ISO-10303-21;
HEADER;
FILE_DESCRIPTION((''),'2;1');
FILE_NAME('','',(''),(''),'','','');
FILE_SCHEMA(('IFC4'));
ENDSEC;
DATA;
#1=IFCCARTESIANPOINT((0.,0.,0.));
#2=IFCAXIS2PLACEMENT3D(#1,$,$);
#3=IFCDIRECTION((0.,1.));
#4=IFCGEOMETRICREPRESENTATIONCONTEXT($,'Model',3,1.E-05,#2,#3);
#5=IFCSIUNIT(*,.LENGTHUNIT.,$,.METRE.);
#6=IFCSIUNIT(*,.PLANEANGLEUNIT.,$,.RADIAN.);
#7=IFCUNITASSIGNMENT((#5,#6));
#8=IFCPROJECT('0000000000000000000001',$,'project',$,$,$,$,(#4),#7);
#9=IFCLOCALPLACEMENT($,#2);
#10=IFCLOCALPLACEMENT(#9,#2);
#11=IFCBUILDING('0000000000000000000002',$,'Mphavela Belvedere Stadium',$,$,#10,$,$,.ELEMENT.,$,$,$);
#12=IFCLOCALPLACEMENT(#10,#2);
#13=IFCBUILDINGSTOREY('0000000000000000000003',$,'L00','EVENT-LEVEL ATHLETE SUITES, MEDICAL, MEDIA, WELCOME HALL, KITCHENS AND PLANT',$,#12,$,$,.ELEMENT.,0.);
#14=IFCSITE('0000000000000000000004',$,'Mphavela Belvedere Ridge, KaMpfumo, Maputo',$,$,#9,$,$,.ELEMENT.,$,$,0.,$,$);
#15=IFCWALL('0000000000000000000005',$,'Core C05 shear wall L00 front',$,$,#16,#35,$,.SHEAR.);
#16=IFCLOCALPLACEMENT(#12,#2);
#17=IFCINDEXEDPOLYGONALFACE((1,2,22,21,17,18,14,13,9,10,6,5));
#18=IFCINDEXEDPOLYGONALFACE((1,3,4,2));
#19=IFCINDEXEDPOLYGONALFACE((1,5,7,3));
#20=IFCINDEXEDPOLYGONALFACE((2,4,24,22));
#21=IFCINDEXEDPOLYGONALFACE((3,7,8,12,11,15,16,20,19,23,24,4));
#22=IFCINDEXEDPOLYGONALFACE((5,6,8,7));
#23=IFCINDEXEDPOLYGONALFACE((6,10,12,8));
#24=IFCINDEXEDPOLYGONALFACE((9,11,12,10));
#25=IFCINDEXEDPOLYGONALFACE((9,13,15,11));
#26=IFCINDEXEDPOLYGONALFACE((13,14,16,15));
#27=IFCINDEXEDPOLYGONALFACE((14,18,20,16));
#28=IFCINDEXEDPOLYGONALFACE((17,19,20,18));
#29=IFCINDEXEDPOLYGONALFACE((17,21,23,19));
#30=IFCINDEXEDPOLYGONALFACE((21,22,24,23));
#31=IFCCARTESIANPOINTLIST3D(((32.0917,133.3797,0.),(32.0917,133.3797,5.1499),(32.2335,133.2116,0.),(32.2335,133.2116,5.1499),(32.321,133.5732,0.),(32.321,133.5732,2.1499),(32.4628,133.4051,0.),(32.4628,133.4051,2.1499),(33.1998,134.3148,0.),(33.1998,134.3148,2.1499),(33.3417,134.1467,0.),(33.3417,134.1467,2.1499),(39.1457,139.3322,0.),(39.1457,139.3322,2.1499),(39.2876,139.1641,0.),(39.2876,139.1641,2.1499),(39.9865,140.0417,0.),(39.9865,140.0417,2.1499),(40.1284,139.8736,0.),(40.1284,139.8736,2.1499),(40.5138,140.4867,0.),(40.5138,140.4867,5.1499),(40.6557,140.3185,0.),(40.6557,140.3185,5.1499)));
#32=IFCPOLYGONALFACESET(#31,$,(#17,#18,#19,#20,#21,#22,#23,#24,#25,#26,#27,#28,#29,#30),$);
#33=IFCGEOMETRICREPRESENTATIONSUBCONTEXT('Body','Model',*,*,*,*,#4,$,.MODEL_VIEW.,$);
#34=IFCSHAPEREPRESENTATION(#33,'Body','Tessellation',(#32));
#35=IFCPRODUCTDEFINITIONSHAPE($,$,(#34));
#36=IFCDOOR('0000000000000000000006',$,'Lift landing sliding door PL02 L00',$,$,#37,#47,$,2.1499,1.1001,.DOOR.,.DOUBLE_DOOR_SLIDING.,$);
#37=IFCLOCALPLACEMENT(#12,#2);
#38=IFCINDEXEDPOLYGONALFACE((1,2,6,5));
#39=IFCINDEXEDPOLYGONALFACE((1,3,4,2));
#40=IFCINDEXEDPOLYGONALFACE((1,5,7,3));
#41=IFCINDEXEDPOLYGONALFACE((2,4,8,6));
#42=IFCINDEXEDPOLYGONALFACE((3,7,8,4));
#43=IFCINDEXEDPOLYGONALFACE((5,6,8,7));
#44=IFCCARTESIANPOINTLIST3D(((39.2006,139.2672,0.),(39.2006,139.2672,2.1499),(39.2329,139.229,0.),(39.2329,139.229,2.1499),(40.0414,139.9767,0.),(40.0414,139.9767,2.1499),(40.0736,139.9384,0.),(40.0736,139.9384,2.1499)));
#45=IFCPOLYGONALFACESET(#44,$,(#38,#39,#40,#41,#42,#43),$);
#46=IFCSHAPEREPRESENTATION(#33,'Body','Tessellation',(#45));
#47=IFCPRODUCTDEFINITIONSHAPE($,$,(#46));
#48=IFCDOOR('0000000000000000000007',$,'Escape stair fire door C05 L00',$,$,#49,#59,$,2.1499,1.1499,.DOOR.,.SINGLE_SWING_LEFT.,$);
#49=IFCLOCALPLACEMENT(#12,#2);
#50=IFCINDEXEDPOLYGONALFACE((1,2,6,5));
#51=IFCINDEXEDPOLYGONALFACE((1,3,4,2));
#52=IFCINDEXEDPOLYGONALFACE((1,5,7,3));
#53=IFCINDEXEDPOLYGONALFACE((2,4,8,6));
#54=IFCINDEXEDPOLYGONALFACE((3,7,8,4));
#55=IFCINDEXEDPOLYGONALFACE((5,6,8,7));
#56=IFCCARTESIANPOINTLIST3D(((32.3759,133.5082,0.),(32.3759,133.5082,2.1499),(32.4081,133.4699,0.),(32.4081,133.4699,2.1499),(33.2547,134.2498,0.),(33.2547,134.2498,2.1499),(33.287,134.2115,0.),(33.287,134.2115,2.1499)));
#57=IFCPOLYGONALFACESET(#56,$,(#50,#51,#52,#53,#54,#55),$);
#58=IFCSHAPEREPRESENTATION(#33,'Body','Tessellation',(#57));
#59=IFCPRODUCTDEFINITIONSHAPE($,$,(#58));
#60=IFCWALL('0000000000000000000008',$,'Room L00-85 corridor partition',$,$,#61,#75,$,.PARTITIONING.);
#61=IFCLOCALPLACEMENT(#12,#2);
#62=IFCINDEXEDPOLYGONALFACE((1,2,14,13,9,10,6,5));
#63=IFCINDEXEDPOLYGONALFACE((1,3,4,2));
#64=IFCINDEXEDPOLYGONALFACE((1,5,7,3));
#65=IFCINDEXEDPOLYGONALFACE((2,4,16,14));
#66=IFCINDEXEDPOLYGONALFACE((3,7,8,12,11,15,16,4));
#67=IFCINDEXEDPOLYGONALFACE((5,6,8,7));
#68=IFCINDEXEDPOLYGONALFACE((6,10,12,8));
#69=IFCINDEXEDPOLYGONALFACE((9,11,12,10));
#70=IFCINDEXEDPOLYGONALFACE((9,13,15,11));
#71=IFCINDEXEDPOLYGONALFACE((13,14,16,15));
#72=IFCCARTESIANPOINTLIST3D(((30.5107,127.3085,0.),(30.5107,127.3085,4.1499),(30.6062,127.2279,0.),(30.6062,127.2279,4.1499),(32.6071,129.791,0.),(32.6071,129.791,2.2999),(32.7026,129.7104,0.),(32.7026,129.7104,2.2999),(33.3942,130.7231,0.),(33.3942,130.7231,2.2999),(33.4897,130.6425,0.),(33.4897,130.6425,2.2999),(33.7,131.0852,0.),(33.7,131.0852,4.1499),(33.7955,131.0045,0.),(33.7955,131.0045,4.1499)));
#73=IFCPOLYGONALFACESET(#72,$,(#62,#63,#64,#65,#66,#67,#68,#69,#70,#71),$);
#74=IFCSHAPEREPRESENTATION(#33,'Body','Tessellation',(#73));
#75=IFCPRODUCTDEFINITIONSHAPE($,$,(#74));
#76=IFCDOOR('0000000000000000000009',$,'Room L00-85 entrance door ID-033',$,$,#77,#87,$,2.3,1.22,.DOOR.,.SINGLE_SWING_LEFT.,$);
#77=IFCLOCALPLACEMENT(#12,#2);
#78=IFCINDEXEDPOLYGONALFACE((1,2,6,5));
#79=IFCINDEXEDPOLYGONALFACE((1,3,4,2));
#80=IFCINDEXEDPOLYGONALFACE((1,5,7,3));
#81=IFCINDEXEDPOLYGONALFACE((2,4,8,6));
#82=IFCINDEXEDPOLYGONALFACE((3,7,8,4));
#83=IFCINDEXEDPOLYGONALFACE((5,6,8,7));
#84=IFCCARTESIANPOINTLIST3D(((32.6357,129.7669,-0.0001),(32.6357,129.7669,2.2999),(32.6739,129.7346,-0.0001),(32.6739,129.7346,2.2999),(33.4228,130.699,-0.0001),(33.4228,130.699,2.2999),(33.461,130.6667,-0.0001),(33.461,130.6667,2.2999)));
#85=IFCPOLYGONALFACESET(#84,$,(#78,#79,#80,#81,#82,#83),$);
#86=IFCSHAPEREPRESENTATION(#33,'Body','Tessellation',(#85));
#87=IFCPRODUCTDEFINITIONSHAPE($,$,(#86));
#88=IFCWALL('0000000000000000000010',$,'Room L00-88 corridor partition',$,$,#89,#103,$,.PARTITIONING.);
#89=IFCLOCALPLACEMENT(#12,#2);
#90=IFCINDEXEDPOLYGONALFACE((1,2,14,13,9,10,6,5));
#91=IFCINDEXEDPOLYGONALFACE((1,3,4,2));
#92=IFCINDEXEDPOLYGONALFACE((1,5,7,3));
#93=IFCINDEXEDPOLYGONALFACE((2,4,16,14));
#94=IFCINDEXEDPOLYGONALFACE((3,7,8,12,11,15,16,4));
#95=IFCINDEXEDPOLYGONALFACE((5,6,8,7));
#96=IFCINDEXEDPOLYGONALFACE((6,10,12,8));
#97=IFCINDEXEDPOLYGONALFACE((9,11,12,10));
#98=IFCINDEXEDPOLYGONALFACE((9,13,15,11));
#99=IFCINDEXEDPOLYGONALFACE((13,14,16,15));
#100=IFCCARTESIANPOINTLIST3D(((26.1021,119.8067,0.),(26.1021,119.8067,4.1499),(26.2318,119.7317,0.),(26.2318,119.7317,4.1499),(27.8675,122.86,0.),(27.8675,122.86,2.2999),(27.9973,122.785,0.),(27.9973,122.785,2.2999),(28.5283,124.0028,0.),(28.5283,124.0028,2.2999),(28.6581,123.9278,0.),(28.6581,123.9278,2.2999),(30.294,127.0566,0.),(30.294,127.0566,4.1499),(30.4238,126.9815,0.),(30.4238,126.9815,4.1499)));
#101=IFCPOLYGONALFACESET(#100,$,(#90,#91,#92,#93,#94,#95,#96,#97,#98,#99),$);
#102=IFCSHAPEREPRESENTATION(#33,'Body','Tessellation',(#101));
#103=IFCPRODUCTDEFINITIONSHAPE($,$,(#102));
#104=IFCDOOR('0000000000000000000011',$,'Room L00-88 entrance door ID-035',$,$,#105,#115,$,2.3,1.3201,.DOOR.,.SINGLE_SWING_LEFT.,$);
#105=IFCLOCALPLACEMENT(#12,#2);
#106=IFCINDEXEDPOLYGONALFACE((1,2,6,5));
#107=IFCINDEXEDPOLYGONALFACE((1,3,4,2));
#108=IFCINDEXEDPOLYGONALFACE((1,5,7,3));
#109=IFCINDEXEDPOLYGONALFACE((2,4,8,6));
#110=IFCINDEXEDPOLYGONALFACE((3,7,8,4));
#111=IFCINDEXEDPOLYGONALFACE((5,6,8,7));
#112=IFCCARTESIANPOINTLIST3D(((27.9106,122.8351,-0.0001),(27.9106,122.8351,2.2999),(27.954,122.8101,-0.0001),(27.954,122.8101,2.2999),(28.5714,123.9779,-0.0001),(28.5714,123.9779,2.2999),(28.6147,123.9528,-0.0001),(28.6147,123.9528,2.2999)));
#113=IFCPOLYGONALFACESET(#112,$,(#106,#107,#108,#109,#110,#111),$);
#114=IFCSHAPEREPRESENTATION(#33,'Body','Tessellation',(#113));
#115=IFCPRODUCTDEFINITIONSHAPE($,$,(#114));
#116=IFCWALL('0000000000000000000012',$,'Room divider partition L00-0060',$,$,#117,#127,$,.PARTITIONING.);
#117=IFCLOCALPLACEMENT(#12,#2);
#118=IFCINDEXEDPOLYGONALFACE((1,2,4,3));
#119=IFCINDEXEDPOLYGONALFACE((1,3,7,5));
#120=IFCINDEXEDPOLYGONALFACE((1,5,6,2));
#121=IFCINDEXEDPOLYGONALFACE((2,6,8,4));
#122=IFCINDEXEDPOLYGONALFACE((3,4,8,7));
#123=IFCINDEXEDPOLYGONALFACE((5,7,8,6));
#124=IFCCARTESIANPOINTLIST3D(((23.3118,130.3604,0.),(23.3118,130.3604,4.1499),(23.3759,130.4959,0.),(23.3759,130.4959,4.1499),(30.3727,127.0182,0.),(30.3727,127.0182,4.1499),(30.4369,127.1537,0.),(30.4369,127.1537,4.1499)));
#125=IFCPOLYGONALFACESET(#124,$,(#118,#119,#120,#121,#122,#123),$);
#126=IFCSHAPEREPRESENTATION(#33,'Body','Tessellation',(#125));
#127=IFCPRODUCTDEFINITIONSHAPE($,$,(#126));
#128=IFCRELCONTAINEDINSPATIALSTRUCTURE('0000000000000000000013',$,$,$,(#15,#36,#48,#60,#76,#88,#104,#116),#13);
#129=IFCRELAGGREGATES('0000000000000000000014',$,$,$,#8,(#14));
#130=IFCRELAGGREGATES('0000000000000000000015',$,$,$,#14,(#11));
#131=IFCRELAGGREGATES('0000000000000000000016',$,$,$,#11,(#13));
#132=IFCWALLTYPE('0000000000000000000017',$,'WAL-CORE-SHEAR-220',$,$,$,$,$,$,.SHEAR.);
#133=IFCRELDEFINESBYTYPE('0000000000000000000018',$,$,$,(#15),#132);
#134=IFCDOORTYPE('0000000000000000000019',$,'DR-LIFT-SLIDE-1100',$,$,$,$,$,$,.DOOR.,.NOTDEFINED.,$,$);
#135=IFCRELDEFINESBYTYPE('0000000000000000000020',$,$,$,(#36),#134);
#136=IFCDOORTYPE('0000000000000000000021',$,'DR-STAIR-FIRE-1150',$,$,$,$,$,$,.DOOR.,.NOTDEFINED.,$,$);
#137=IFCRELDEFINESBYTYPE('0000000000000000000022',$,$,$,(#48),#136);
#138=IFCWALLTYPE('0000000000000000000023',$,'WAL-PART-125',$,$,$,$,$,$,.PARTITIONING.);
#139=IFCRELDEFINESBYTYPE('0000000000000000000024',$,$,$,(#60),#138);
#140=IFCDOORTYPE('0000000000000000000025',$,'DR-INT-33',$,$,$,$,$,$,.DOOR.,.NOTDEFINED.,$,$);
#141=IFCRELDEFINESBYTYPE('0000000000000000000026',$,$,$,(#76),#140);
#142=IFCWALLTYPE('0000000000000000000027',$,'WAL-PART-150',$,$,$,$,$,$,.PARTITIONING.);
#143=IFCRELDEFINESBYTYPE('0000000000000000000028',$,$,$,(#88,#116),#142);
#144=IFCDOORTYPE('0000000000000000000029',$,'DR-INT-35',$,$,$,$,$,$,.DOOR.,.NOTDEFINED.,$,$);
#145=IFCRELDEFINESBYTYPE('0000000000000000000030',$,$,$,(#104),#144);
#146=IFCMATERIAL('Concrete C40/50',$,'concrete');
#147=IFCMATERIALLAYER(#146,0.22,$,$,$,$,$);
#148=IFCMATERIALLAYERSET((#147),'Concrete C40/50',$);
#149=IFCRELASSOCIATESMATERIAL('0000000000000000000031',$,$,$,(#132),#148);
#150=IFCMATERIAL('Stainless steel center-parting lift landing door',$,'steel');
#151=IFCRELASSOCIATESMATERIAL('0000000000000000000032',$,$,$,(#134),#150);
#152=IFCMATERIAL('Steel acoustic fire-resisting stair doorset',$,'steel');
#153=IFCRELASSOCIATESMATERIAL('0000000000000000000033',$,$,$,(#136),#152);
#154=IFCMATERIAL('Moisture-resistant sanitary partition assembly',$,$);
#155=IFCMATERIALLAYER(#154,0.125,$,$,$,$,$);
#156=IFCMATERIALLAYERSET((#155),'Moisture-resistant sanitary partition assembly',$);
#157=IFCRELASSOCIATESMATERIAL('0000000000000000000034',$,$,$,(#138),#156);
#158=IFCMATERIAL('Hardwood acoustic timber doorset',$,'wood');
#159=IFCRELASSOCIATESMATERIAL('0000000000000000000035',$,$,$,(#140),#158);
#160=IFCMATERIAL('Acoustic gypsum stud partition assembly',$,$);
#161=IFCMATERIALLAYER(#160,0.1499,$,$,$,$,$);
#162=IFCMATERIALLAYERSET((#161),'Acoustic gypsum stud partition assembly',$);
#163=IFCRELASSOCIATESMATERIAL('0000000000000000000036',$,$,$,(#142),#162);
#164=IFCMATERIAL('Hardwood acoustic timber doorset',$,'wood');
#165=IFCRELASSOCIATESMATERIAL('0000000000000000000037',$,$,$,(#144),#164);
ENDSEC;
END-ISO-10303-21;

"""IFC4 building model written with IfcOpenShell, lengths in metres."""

from ifc_helpers import new_model, si_unit, direction, frame, frame_2d, origin, place, context, subcontext, project, spatial, rectangle, extrude, material, layer, layer_set, type_object, element, fill, save


model = new_model("IFC4")

# Units and contexts
model_context = context("Model", 3, precision=1e-05, world=origin(), true_north=direction((0.0, 1.0)))
body_context = subcontext(model_context, "Body", "Model", "MODEL_VIEW")
ifc_project = project(units=[si_unit("LENGTHUNIT", "METRE"), si_unit("PLANEANGLEUNIT", "RADIAN")], contexts=[model_context])

# Site, building, storey
site_placement = place(None, origin())
site = spatial("IfcSite", under=ifc_project, at=site_placement, Name="Mphavela Belvedere Ridge, KaMpfumo, Maputo", CompositionType="ELEMENT", RefElevation=0.0)
building_placement = place(site_placement, origin())
building = spatial("IfcBuilding", under=site, at=building_placement, Name="Mphavela Belvedere Stadium", CompositionType="ELEMENT")
storey_placement = place(building_placement, origin())
storey = spatial("IfcBuildingStorey", under=building, at=storey_placement, Name="L00", Description="EVENT-LEVEL ATHLETE SUITES, MEDICAL, MEDIA, WELCOME HALL, KITCHENS AND PLANT", CompositionType="ELEMENT", Elevation=0.0)

# Shared definitions
ifc_material_1 = material(Name="Concrete C40/50", Category="concrete")
ifc_layer_1 = layer(ifc_material_1, 0.22)
ifc_layer_set_1 = layer_set([ifc_layer_1], Name="Concrete C40/50")
wall_type_1 = type_object("IfcWallType", Name="WAL-CORE-SHEAR-220", PredefinedType="SHEAR", material=ifc_layer_set_1)

# Wall, openings, doors
wall_1_placement = place(storey_placement, frame((32.1626, 133.2957, 0.0), z_axis=(0.0, 0.0, 1.0), x_axis=(0.764257, 0.644912, 0.0)))
wall_1 = element("IfcWall", 1, at=wall_1_placement, inside=storey, type_object=wall_type_1, Name="Core C05 shear wall L00 front", PredefinedType="SHEAR", context=body_context, shape_type="SweptSolid", body=[
    extrude(rectangle(XDim=11.02, YDim=0.22, at=frame_2d((5.51, 0.0))), origin(), (0.0, 0.0, 1.0), 5.1499),
])
opening_1_placement = place(wall_1_placement, frame((0.3, 0.0, 0.0)))
opening_1 = element("IfcOpeningElement", 2, at=opening_1_placement, cuts=wall_1, PredefinedType="OPENING", context=body_context, shape_type="SweptSolid", body=[
    extrude(rectangle(XDim=1.1499, YDim=2.1499, at=frame_2d((0.575, 1.075))), frame((0.0, 0.1201, 0.0), z_axis=(0.0, -1.0, 0.0), x_axis=(1.0, 0.0, 0.0)), (0.0, 0.0, 1.0), 0.24),
])
opening_2_placement = place(wall_1_placement, frame((9.23, 0.0, 0.0)))
opening_2 = element("IfcOpeningElement", 3, at=opening_2_placement, cuts=wall_1, PredefinedType="OPENING", context=body_context, shape_type="SweptSolid", body=[
    extrude(rectangle(XDim=1.1001, YDim=2.1499, at=frame_2d((0.55, 1.075))), frame((0.0, 0.1201, 0.0), z_axis=(0.0, -1.0, 0.0), x_axis=(1.0, 0.0, 0.0)), (0.0, 0.0, 1.0), 0.24),
])
ifc_material_2 = material(Name="Stainless steel center-parting lift landing door", Category="steel")
door_type_1 = type_object("IfcDoorType", Name="DR-LIFT-SLIDE-1100", OperationType="NOTDEFINED", PredefinedType="DOOR", material=ifc_material_2)
door_1_placement = place(opening_2_placement, origin())
door_1 = element("IfcDoor", 4, at=door_1_placement, inside=storey, type_object=door_type_1, Name="Lift landing sliding door PL02 L00", OperationType="DOUBLE_DOOR_SLIDING", OverallHeight=2.1499, OverallWidth=1.1001, PredefinedType="DOOR", context=body_context, shape_type="SweptSolid", body=[
    extrude(rectangle(XDim=1.1001, YDim=2.1499, at=frame_2d((0.55, 1.075))), frame((0.0, 0.0249, 0.0), z_axis=(0.0, -1.0, 0.0), x_axis=(1.0, 0.0, 0.0)), (0.0, 0.0, 1.0), 0.05),
])
fill(opening_2, door_1)
ifc_material_3 = material(Name="Steel acoustic fire-resisting stair doorset", Category="steel")
door_type_2 = type_object("IfcDoorType", Name="DR-STAIR-FIRE-1150", OperationType="NOTDEFINED", PredefinedType="DOOR", material=ifc_material_3)
door_2_placement = place(opening_1_placement, origin())
door_2 = element("IfcDoor", 5, at=door_2_placement, inside=storey, type_object=door_type_2, Name="Escape stair fire door C05 L00", OperationType="SINGLE_SWING_LEFT", OverallHeight=2.1499, OverallWidth=1.1499, PredefinedType="DOOR", context=body_context, shape_type="SweptSolid", body=[
    extrude(rectangle(XDim=1.1499, YDim=2.1499, at=frame_2d((0.575, 1.075))), frame((0.0, 0.0249, 0.0), z_axis=(0.0, -1.0, 0.0), x_axis=(1.0, 0.0, 0.0)), (0.0, 0.0, 1.0), 0.05),
])
fill(opening_1, door_2)

# Walls, openings, doors
ifc_material_4 = material(Name="Moisture-resistant sanitary partition assembly")
ifc_layer_2 = layer(ifc_material_4, 0.125)
ifc_layer_set_2 = layer_set([ifc_layer_2], Name="Moisture-resistant sanitary partition assembly")
wall_type_2 = type_object("IfcWallType", Name="WAL-PART-125", PredefinedType="PARTITIONING", material=ifc_layer_set_2)
wall_2_placement = place(storey_placement, frame((33.7478, 131.0449, 0.0), z_axis=(0.0, 0.0, 1.0), x_axis=(-0.645189, -0.764023, 0.0)))
wall_2 = element("IfcWall", 6, at=wall_2_placement, inside=storey, type_object=wall_type_2, Name="Room L00-85 corridor partition", PredefinedType="PARTITIONING", context=body_context, shape_type="SweptSolid", body=[
    extrude(rectangle(XDim=4.9431, YDim=0.125, at=frame_2d((2.4717, 0.0))), origin(), (0.0, 0.0, 1.0), 4.1499),
])
opening_3_placement = place(wall_2_placement, frame((0.4741, 0.0, 0.0)))
opening_3 = element("IfcOpeningElement", 7, at=opening_3_placement, cuts=wall_2, PredefinedType="OPENING", context=body_context, shape_type="SweptSolid", body=[
    extrude(rectangle(XDim=1.22, YDim=2.3, at=frame_2d((0.6099, 1.1499))), frame((0.0, 0.0725, 0.0), z_axis=(0.0, -1.0, 0.0), x_axis=(1.0, 0.0, 0.0)), (0.0, 0.0, 1.0), 0.145),
])
ifc_material_5 = material(Name="Hardwood acoustic timber doorset", Category="wood")
door_type_3 = type_object("IfcDoorType", Name="DR-INT-33", OperationType="NOTDEFINED", PredefinedType="DOOR", material=ifc_material_5)
door_3_placement = place(opening_3_placement, origin())
door_3 = element("IfcDoor", 8, at=door_3_placement, inside=storey, type_object=door_type_3, Name="Room L00-85 entrance door ID-033", OperationType="SINGLE_SWING_LEFT", OverallHeight=2.3, OverallWidth=1.22, PredefinedType="DOOR", context=body_context, shape_type="SweptSolid", body=[
    extrude(rectangle(XDim=1.22, YDim=2.3, at=frame_2d((0.6099, 1.1499))), frame((0.0, 0.0249, 0.0), z_axis=(0.0, -1.0, 0.0), x_axis=(1.0, 0.0, 0.0)), (0.0, 0.0, 1.0), 0.05),
])
fill(opening_3, door_3)
ifc_material_6 = material(Name="Acoustic gypsum stud partition assembly")
ifc_layer_3 = layer(ifc_material_6, 0.1499)
ifc_layer_set_3 = layer_set([ifc_layer_3], Name="Acoustic gypsum stud partition assembly")
wall_type_3 = type_object("IfcWallType", Name="WAL-PART-150", PredefinedType="PARTITIONING", material=ifc_layer_set_3)
wall_3_placement = place(storey_placement, frame((30.3589, 127.019, 0.0), z_axis=(0.0, 0.0, 1.0), x_axis=(-0.500559, -0.865702, 0.0)))
wall_3 = element("IfcWall", 9, at=wall_3_placement, inside=storey, type_object=wall_type_3, Name="Room L00-88 corridor partition", PredefinedType="PARTITIONING", context=body_context, shape_type="SweptSolid", body=[
    extrude(rectangle(XDim=8.3745, YDim=0.1499, at=frame_2d((4.1873, 0.0))), origin(), (0.0, 0.0, 1.0), 4.1499),
])
opening_4_placement = place(wall_3_placement, frame((3.5273, 0.0, 0.0)))
opening_4 = element("IfcOpeningElement", 10, at=opening_4_placement, cuts=wall_3, PredefinedType="OPENING", context=body_context, shape_type="SweptSolid", body=[
    extrude(rectangle(XDim=1.3201, YDim=2.3, at=frame_2d((0.6602, 1.1499))), frame((0.0, 0.085, 0.0), z_axis=(0.0, -1.0, 0.0), x_axis=(1.0, 0.0, 0.0)), (0.0, 0.0, 1.0), 0.1699),
])
ifc_material_7 = material(Name="Hardwood acoustic timber doorset", Category="wood")
door_type_4 = type_object("IfcDoorType", Name="DR-INT-35", OperationType="NOTDEFINED", PredefinedType="DOOR", material=ifc_material_7)
door_4_placement = place(opening_4_placement, origin())
door_4 = element("IfcDoor", 11, at=door_4_placement, inside=storey, type_object=door_type_4, Name="Room L00-88 entrance door ID-035", OperationType="SINGLE_SWING_LEFT", OverallHeight=2.3, OverallWidth=1.3201, PredefinedType="DOOR", context=body_context, shape_type="SweptSolid", body=[
    extrude(rectangle(XDim=1.3201, YDim=2.3, at=frame_2d((0.6602, 1.1499))), frame((0.0, 0.0249, 0.0), z_axis=(0.0, -1.0, 0.0), x_axis=(1.0, 0.0, 0.0)), (0.0, 0.0, 1.0), 0.05),
])
fill(opening_4, door_4)

# Wall
wall_4_placement = place(storey_placement, frame((30.4048, 127.0859, 0.0), z_axis=(0.0, 0.0, 1.0), x_axis=(-0.903857, 0.427834, 0.0)))
element("IfcWall", 12, at=wall_4_placement, inside=storey, type_object=wall_type_3, Name="Room divider partition L00-0060", PredefinedType="PARTITIONING", context=body_context, shape_type="SweptSolid", body=[
    extrude(rectangle(XDim=7.812, YDim=0.1499, at=frame_2d((3.906, 0.0))), origin(), (0.0, 0.0, 1.0), 4.1499),
])

save(model, "model.ifc")
